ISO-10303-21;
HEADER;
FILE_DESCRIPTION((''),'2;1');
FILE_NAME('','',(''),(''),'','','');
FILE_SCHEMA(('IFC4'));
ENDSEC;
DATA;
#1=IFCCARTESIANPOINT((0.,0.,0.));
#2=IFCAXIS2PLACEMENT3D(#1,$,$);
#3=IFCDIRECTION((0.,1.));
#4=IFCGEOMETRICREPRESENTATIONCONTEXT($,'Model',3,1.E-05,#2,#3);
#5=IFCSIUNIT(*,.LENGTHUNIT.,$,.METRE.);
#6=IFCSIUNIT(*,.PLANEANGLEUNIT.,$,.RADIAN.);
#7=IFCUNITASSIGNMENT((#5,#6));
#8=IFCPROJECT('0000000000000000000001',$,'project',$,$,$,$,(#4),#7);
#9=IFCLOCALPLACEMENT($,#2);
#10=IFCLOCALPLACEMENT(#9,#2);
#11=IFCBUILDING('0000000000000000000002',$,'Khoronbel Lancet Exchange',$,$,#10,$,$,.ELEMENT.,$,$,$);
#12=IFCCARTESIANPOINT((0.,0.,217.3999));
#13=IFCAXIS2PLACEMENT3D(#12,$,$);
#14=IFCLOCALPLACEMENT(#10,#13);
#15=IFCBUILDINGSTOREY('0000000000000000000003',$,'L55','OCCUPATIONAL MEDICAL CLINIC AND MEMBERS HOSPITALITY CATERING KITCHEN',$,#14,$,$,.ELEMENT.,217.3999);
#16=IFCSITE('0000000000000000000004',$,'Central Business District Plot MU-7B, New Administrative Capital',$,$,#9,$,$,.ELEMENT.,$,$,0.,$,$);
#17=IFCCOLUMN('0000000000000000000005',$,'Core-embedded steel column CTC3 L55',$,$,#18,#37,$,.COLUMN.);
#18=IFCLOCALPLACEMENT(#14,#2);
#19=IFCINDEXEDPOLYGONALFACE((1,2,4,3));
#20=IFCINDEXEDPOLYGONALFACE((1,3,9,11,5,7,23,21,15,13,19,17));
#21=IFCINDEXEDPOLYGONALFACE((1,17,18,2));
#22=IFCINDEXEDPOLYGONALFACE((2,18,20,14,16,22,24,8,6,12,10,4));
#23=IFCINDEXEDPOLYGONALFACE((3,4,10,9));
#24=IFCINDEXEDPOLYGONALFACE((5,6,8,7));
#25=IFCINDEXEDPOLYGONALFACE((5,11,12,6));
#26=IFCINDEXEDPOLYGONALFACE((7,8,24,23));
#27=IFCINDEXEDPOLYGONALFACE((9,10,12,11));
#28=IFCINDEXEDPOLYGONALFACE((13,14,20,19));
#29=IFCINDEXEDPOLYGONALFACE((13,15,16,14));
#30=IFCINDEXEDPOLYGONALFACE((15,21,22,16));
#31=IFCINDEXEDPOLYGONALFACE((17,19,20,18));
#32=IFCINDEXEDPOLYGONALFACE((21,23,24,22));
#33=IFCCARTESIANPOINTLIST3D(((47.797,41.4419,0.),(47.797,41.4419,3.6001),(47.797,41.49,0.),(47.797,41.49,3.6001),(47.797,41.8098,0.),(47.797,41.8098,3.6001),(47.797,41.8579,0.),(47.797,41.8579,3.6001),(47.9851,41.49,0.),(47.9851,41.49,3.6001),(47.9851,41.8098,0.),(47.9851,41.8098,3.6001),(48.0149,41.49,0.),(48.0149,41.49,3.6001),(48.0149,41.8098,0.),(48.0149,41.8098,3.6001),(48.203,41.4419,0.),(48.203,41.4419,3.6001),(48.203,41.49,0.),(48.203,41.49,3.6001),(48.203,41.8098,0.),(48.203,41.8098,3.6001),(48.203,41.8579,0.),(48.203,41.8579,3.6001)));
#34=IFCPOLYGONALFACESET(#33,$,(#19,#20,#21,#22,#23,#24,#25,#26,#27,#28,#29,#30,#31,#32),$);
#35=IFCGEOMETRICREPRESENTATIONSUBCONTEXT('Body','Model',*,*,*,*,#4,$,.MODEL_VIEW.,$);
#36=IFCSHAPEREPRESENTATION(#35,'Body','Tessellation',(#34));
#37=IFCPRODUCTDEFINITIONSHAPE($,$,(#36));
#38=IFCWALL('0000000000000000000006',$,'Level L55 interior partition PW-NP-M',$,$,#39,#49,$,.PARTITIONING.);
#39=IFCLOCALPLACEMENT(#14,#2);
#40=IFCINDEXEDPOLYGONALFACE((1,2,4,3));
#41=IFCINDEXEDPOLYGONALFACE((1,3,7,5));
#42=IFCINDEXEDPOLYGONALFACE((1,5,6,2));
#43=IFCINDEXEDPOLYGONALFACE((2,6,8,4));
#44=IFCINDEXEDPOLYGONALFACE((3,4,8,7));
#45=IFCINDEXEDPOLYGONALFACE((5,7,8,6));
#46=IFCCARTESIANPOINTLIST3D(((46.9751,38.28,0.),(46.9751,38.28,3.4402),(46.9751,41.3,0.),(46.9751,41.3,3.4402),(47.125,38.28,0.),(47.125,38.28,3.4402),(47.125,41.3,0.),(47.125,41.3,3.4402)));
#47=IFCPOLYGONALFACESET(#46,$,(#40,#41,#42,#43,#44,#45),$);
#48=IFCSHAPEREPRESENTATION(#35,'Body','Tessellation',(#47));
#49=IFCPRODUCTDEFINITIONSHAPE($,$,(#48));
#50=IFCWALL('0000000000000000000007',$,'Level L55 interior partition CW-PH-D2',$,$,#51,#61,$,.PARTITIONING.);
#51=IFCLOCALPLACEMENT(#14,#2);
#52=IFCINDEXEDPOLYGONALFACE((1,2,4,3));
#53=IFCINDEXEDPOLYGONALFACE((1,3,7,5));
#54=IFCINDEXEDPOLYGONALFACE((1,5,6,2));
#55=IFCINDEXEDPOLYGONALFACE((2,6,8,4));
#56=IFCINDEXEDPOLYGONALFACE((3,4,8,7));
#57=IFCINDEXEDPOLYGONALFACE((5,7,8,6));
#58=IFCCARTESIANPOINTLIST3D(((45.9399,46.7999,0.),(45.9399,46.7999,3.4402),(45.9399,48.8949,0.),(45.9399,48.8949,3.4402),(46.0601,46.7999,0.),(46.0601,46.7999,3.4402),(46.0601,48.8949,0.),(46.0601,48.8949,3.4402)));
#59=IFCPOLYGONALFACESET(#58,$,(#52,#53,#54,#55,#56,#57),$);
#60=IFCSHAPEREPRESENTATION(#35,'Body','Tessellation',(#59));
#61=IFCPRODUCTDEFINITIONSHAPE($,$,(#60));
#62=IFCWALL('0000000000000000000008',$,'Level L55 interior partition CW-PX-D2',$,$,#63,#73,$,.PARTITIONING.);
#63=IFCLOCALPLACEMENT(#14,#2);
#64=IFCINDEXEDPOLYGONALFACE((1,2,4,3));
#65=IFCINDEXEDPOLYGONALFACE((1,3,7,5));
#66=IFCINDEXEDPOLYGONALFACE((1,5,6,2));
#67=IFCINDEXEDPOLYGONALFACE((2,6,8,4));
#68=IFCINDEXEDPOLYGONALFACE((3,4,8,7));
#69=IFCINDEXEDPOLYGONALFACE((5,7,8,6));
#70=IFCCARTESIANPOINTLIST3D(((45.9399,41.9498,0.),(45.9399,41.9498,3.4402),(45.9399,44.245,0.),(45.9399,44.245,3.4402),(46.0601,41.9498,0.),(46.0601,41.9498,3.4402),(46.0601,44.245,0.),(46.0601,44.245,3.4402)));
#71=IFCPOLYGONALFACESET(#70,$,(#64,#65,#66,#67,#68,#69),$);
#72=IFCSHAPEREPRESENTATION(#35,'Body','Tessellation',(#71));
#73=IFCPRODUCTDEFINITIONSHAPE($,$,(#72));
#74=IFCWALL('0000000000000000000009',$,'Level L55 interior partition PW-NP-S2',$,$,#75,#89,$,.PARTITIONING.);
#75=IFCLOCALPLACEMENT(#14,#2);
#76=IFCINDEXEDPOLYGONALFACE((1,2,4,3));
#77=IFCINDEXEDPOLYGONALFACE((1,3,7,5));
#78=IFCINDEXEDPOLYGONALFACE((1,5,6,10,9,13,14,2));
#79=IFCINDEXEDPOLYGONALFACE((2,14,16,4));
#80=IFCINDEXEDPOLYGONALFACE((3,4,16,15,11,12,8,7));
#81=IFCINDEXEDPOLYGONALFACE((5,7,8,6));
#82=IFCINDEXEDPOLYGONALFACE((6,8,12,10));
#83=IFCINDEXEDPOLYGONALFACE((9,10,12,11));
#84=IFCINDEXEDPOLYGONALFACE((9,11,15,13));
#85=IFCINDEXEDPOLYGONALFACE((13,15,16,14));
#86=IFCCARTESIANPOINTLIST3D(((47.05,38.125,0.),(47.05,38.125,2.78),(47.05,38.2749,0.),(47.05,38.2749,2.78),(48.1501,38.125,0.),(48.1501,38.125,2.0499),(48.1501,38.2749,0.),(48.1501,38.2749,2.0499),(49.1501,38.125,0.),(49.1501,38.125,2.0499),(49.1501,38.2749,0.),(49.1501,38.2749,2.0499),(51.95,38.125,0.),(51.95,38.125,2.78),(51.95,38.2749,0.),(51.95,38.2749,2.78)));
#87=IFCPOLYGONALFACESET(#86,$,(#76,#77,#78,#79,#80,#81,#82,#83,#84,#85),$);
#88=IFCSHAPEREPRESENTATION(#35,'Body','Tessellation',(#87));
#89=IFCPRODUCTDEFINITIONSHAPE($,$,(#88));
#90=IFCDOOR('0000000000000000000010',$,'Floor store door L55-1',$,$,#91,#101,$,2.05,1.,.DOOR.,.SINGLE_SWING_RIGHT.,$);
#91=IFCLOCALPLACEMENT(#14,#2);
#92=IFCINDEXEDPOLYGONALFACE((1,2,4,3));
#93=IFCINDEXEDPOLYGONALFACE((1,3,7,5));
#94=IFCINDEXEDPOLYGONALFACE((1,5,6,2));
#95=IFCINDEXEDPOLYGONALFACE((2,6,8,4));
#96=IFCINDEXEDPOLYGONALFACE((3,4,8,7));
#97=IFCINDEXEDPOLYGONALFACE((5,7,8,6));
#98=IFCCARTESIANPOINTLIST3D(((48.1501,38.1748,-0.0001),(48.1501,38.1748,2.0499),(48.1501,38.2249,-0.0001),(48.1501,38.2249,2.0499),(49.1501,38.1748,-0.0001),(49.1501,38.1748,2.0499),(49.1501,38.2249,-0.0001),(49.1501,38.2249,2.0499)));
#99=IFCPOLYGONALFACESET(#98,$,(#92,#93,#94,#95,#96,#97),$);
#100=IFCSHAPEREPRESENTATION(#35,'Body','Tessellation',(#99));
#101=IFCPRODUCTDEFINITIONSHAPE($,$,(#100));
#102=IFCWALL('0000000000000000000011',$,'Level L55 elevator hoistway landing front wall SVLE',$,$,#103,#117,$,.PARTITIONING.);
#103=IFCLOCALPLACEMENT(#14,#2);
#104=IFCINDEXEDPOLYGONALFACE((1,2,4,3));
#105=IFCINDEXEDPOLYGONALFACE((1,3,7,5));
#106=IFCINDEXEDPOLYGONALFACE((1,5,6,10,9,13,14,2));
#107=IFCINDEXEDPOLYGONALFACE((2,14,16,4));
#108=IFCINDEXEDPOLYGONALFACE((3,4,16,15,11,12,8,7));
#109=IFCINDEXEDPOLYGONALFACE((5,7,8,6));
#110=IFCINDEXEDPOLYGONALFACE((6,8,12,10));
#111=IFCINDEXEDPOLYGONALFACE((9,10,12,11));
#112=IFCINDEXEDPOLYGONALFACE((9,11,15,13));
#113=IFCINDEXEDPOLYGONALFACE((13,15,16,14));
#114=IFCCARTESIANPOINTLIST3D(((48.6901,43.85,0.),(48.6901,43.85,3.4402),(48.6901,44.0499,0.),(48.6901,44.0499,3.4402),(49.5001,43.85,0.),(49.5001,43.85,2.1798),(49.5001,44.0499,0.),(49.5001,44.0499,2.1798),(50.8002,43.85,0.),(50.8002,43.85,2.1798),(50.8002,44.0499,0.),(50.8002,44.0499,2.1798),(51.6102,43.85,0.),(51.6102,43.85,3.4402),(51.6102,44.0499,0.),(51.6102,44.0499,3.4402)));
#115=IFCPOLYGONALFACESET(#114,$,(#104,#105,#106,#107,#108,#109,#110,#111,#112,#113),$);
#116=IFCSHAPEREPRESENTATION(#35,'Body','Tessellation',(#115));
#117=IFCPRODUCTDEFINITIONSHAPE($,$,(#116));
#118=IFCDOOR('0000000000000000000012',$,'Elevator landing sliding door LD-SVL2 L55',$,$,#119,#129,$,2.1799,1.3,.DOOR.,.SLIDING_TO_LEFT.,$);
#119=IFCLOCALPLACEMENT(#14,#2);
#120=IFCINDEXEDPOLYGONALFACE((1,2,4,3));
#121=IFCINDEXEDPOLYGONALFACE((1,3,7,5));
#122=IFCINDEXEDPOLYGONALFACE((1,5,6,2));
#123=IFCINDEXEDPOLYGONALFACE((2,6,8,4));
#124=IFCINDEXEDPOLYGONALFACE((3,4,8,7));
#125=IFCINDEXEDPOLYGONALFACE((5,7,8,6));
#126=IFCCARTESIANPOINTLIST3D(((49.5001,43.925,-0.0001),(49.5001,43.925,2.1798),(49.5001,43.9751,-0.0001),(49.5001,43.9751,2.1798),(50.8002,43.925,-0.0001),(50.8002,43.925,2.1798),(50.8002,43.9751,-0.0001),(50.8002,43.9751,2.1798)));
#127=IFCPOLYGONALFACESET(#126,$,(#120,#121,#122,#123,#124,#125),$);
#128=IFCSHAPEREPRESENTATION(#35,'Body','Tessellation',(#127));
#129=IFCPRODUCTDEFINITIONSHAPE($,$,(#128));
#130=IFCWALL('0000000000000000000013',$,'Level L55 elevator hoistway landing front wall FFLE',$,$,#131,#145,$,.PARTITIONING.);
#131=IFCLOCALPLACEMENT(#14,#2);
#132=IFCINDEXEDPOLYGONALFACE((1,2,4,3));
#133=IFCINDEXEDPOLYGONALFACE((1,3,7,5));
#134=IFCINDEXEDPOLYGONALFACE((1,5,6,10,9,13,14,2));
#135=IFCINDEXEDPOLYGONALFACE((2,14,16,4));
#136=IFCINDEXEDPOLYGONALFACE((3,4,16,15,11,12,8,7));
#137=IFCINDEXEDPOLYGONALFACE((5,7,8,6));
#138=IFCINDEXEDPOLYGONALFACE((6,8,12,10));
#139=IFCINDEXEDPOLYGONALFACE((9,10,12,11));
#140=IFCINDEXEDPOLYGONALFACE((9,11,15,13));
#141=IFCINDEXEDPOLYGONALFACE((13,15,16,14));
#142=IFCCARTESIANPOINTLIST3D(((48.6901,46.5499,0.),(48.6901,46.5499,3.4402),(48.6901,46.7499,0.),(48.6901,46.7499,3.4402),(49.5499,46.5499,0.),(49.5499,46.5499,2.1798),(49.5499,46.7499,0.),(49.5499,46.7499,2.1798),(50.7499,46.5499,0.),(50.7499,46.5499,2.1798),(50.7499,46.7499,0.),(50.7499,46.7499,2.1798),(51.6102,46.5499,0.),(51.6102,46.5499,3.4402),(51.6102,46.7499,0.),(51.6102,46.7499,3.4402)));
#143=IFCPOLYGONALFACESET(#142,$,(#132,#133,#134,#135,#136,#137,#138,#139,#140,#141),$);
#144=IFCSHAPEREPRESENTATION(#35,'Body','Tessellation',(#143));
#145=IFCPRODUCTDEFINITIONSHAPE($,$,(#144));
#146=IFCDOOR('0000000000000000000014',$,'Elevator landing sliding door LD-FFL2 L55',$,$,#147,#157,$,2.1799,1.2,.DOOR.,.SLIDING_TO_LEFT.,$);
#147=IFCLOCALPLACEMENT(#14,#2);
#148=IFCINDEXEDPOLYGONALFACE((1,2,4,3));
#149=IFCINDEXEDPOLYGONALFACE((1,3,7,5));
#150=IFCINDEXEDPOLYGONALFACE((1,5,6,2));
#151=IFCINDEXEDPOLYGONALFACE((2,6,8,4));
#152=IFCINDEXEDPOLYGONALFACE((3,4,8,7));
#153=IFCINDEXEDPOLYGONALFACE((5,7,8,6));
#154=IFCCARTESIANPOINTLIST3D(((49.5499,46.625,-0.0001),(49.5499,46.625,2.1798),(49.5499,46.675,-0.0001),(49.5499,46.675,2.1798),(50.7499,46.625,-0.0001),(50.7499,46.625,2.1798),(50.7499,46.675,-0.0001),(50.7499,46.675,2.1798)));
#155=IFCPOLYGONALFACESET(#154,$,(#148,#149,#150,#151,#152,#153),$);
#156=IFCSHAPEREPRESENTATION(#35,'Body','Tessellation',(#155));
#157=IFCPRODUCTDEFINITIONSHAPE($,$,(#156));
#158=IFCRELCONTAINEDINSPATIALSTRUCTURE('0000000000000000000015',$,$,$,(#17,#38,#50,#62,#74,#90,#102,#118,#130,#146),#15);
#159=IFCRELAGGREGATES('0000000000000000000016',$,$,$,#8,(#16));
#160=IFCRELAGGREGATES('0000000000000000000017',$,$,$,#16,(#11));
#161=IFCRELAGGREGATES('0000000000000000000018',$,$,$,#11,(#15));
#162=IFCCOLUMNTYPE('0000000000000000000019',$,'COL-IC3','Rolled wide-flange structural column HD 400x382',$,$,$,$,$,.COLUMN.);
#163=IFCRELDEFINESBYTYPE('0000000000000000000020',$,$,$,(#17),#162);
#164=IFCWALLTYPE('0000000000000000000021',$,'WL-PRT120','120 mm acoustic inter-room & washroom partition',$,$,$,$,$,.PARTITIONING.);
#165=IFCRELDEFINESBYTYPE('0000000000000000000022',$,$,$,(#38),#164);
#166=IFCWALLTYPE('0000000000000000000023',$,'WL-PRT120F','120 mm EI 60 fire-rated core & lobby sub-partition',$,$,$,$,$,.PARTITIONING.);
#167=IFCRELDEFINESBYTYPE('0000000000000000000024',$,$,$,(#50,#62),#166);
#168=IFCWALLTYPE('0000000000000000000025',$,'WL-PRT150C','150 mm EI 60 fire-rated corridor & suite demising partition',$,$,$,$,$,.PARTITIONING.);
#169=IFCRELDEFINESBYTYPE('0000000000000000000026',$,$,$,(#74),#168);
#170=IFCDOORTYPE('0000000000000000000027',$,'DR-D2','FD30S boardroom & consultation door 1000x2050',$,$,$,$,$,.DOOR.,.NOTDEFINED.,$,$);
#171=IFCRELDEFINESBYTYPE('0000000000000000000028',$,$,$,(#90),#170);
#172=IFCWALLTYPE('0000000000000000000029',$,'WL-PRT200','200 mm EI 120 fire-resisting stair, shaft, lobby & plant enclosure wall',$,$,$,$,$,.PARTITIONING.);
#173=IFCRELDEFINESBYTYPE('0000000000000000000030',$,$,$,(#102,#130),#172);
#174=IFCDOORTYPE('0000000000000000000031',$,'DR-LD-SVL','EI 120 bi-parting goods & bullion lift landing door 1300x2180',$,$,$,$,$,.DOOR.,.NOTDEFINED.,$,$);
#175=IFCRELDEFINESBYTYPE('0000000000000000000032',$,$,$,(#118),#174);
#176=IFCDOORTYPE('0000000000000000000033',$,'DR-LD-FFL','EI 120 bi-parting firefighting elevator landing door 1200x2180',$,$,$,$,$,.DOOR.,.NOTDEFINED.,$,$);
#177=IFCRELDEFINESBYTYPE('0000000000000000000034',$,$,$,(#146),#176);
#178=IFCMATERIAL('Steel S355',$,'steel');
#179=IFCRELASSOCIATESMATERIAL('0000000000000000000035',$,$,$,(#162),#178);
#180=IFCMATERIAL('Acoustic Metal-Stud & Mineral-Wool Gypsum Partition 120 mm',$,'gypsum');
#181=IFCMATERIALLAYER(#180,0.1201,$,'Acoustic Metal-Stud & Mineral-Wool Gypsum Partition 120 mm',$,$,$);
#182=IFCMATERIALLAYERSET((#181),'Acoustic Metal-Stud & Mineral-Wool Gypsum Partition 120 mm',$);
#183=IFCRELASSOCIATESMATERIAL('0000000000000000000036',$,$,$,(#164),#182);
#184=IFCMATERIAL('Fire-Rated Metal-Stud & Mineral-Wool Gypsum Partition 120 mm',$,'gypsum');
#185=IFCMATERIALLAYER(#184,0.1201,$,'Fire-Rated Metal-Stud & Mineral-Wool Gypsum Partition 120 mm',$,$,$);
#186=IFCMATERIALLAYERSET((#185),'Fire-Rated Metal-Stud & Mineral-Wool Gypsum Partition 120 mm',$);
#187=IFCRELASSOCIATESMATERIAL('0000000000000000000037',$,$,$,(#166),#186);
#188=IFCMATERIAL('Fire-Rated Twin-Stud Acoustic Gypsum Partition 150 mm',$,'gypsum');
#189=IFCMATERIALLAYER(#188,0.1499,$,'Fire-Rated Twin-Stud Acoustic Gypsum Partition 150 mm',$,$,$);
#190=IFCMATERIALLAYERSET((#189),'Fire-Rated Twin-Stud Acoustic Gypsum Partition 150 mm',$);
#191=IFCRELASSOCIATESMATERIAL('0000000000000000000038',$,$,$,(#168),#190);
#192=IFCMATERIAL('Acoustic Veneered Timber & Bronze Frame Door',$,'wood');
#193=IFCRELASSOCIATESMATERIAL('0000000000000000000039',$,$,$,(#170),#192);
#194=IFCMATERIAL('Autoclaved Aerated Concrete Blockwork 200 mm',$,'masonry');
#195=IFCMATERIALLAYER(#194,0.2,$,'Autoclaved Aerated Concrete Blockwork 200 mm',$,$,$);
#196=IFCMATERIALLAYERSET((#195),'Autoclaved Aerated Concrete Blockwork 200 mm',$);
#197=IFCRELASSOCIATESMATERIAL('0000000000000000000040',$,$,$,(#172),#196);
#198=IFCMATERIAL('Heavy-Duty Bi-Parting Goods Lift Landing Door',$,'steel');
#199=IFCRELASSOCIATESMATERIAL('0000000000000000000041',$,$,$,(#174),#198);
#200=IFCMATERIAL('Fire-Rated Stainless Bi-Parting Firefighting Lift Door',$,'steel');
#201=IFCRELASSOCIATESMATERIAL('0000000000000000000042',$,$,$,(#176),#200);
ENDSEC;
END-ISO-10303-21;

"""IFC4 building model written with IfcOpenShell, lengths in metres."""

from ifc_helpers import new_model, si_unit, direction, frame, frame_2d, origin, origin_2d, place, context, subcontext, project, spatial, rectangle, i_section, extrude, material, layer, layer_set, material_profile, profile_set, type_object, element, fill, save


model = new_model("IFC4")

# Units and contexts
model_context = context("Model", 3, precision=1e-05, world=origin(), true_north=direction((0.0, 1.0)))
body_context = subcontext(model_context, "Body", "Model", "MODEL_VIEW")
ifc_project = project(units=[si_unit("LENGTHUNIT", "METRE"), si_unit("PLANEANGLEUNIT", "RADIAN")], contexts=[model_context])

# Site, building, storey
site_placement = place(None, origin())
site = spatial("IfcSite", under=ifc_project, at=site_placement, Name="Central Business District Plot MU-7B, New Administrative Capital", CompositionType="ELEMENT", RefElevation=0.0)
building_placement = place(site_placement, origin())
building = spatial("IfcBuilding", under=site, at=building_placement, Name="Khoronbel Lancet Exchange", CompositionType="ELEMENT")
storey_placement = place(building_placement, frame((0.0, 0.0, 217.3999)))
storey = spatial("IfcBuildingStorey", under=building, at=storey_placement, Name="L55", Description="OCCUPATIONAL MEDICAL CLINIC AND MEMBERS HOSPITALITY CATERING KITCHEN", CompositionType="ELEMENT", Elevation=217.3999)

# Column
ifc_material_1 = material(Name="Steel S355", Category="steel")
ifc_material_profile = material_profile(ifc_material_1, i_section(OverallWidth=0.406, OverallDepth=0.416, WebThickness=0.0298, FlangeThickness=0.0481, at=origin_2d()), Name="HD 400x382")
ifc_profile_set = profile_set([ifc_material_profile], Name="Steel S355")
column_type = type_object("IfcColumnType", Name="COL-IC3", Description="Rolled wide-flange structural column HD 400x382", PredefinedType="COLUMN", material=ifc_profile_set)
column_placement = place(storey_placement, frame((48.0, 41.6499, 0.0), z_axis=(0.0, 0.0, 1.0), x_axis=(1.0, 0.0, 0.0)))
element("IfcColumn", 1, at=column_placement, inside=storey, type_object=column_type, Name="Core-embedded steel column CTC3 L55", PredefinedType="COLUMN", context=body_context, shape_type="SweptSolid", body=[
    extrude(i_section(OverallWidth=0.406, OverallDepth=0.416, WebThickness=0.0298, FlangeThickness=0.0481, at=origin_2d()), origin(), (0.0, 0.0, 1.0), 3.6001),
])

# Walls
ifc_material_2 = material(Name="Acoustic Metal-Stud & Mineral-Wool Gypsum Partition 120 mm", Category="gypsum")
ifc_layer_1 = layer(ifc_material_2, 0.1201, Name="Acoustic Metal-Stud & Mineral-Wool Gypsum Partition 120 mm")
ifc_layer_set_1 = layer_set([ifc_layer_1], Name="Acoustic Metal-Stud & Mineral-Wool Gypsum Partition 120 mm")
wall_type_1 = type_object("IfcWallType", Name="WL-PRT120", Description="120 mm acoustic inter-room & washroom partition", PredefinedType="PARTITIONING", material=ifc_layer_set_1)
wall_1_placement = place(storey_placement, frame((47.05, 38.28, 0.0), z_axis=(0.0, 0.0, 1.0), x_axis=(0.0, 1.0, 0.0)))
element("IfcWall", 2, at=wall_1_placement, inside=storey, type_object=wall_type_1, Name="Level L55 interior partition PW-NP-M", PredefinedType="PARTITIONING", context=body_context, shape_type="SweptSolid", body=[
    extrude(rectangle(XDim=3.02, YDim=0.1499, at=frame_2d((1.51, 0.0))), origin(), (0.0, 0.0, 1.0), 3.4402),
])
ifc_material_3 = material(Name="Fire-Rated Metal-Stud & Mineral-Wool Gypsum Partition 120 mm", Category="gypsum")
ifc_layer_2 = layer(ifc_material_3, 0.1201, Name="Fire-Rated Metal-Stud & Mineral-Wool Gypsum Partition 120 mm")
ifc_layer_set_2 = layer_set([ifc_layer_2], Name="Fire-Rated Metal-Stud & Mineral-Wool Gypsum Partition 120 mm")
wall_type_2 = type_object("IfcWallType", Name="WL-PRT120F", Description="120 mm EI 60 fire-rated core & lobby sub-partition", PredefinedType="PARTITIONING", material=ifc_layer_set_2)
wall_2_placement = place(storey_placement, frame((46.0, 46.8, 0.0), z_axis=(0.0, 0.0, 1.0), x_axis=(0.0, 1.0, 0.0)))
element("IfcWall", 3, at=wall_2_placement, inside=storey, type_object=wall_type_2, Name="Level L55 interior partition CW-PH-D2", PredefinedType="PARTITIONING", context=body_context, shape_type="SweptSolid", body=[
    extrude(rectangle(XDim=2.095, YDim=0.1201, at=frame_2d((1.0474, 0.0))), origin(), (0.0, 0.0, 1.0), 3.4402),
])
wall_3_placement = place(storey_placement, frame((46.0, 41.95, 0.0), z_axis=(0.0, 0.0, 1.0), x_axis=(0.0, 1.0, 0.0)))
element("IfcWall", 4, at=wall_3_placement, inside=storey, type_object=wall_type_2, Name="Level L55 interior partition CW-PX-D2", PredefinedType="PARTITIONING", context=body_context, shape_type="SweptSolid", body=[
    extrude(rectangle(XDim=2.2952, YDim=0.1201, at=frame_2d((1.1475, 0.0))), origin(), (0.0, 0.0, 1.0), 3.4402),
])

# Walls, openings, doors
ifc_material_4 = material(Name="Fire-Rated Twin-Stud Acoustic Gypsum Partition 150 mm", Category="gypsum")
ifc_layer_3 = layer(ifc_material_4, 0.1499, Name="Fire-Rated Twin-Stud Acoustic Gypsum Partition 150 mm")
ifc_layer_set_3 = layer_set([ifc_layer_3], Name="Fire-Rated Twin-Stud Acoustic Gypsum Partition 150 mm")
wall_type_3 = type_object("IfcWallType", Name="WL-PRT150C", Description="150 mm EI 60 fire-rated corridor & suite demising partition", PredefinedType="PARTITIONING", material=ifc_layer_set_3)
wall_4_placement = place(storey_placement, frame((47.05, 38.2, 0.0), z_axis=(0.0, 0.0, 1.0), x_axis=(1.0, 0.0, 0.0)))
wall_4 = element("IfcWall", 5, at=wall_4_placement, inside=storey, type_object=wall_type_3, Name="Level L55 interior partition PW-NP-S2", PredefinedType="PARTITIONING", context=body_context, shape_type="SweptSolid", body=[
    extrude(rectangle(XDim=4.8999, YDim=0.1499, at=frame_2d((2.45, 0.0))), origin(), (0.0, 0.0, 1.0), 2.78),
])
opening_1_placement = place(wall_4_placement, frame((1.1001, 0.0, 0.0)))
opening_1 = element("IfcOpeningElement", 6, at=opening_1_placement, cuts=wall_4, PredefinedType="OPENING", context=body_context, shape_type="SweptSolid", body=[
    extrude(rectangle(XDim=1.0, YDim=2.05, at=frame_2d((0.5, 1.0249))), frame((0.0, 0.085, 0.0), z_axis=(0.0, -1.0, 0.0), x_axis=(1.0, 0.0, 0.0)), (0.0, 0.0, 1.0), 0.1699),
])
ifc_material_5 = material(Name="Acoustic Veneered Timber & Bronze Frame Door", Category="wood")
door_type_1 = type_object("IfcDoorType", Name="DR-D2", Description="FD30S boardroom & consultation door 1000x2050", OperationType="NOTDEFINED", PredefinedType="DOOR", material=ifc_material_5)
door_1_placement = place(opening_1_placement, origin())
door_1 = element("IfcDoor", 7, at=door_1_placement, inside=storey, type_object=door_type_1, Name="Floor store door L55-1", OperationType="SINGLE_SWING_RIGHT", OverallHeight=2.05, OverallWidth=1.0, PredefinedType="DOOR", context=body_context, shape_type="SweptSolid", body=[
    extrude(rectangle(XDim=1.0, YDim=2.05, at=frame_2d((0.5, 1.0249))), frame((0.0, 0.0249, 0.0), z_axis=(0.0, -1.0, 0.0), x_axis=(1.0, 0.0, 0.0)), (0.0, 0.0, 1.0), 0.05),
])
fill(opening_1, door_1)
ifc_material_6 = material(Name="Autoclaved Aerated Concrete Blockwork 200 mm", Category="masonry")
ifc_layer_4 = layer(ifc_material_6, 0.2, Name="Autoclaved Aerated Concrete Blockwork 200 mm")
ifc_layer_set_4 = layer_set([ifc_layer_4], Name="Autoclaved Aerated Concrete Blockwork 200 mm")
wall_type_4 = type_object("IfcWallType", Name="WL-PRT200", Description="200 mm EI 120 fire-resisting stair, shaft, lobby & plant enclosure wall", PredefinedType="PARTITIONING", material=ifc_layer_set_4)
wall_5_placement = place(storey_placement, frame((51.6101, 43.95, 0.0), z_axis=(0.0, 0.0, 1.0), x_axis=(-1.0, 0.0, 0.0)))
wall_5 = element("IfcWall", 8, at=wall_5_placement, inside=storey, type_object=wall_type_4, Name="Level L55 elevator hoistway landing front wall SVLE", PredefinedType="PARTITIONING", context=body_context, shape_type="SweptSolid", body=[
    extrude(rectangle(XDim=2.9202, YDim=0.2, at=frame_2d((1.46, 0.0))), origin(), (0.0, 0.0, 1.0), 3.4402),
])
opening_2_placement = place(wall_5_placement, frame((0.8101, 0.0, 0.0)))
opening_2 = element("IfcOpeningElement", 9, at=opening_2_placement, cuts=wall_5, PredefinedType="OPENING", context=body_context, shape_type="SweptSolid", body=[
    extrude(rectangle(XDim=1.3, YDim=2.1799, at=frame_2d((0.6499, 1.0898))), frame((0.0, 0.1099, 0.0), z_axis=(0.0, -1.0, 0.0), x_axis=(1.0, 0.0, 0.0)), (0.0, 0.0, 1.0), 0.22),
])
ifc_material_7 = material(Name="Heavy-Duty Bi-Parting Goods Lift Landing Door", Category="steel")
door_type_2 = type_object("IfcDoorType", Name="DR-LD-SVL", Description="EI 120 bi-parting goods & bullion lift landing door 1300x2180", OperationType="NOTDEFINED", PredefinedType="DOOR", material=ifc_material_7)
door_2_placement = place(opening_2_placement, origin())
door_2 = element("IfcDoor", 10, at=door_2_placement, inside=storey, type_object=door_type_2, Name="Elevator landing sliding door LD-SVL2 L55", OperationType="SLIDING_TO_LEFT", OverallHeight=2.1799, OverallWidth=1.3, PredefinedType="DOOR", context=body_context, shape_type="SweptSolid", body=[
    extrude(rectangle(XDim=1.3, YDim=2.1799, at=frame_2d((0.6499, 1.0898))), frame((0.0, 0.0249, 0.0), z_axis=(0.0, -1.0, 0.0), x_axis=(1.0, 0.0, 0.0)), (0.0, 0.0, 1.0), 0.05),
])
fill(opening_2, door_2)
wall_6_placement = place(storey_placement, frame((51.6101, 46.6499, 0.0), z_axis=(0.0, 0.0, 1.0), x_axis=(-1.0, 0.0, 0.0)))
wall_6 = element("IfcWall", 11, at=wall_6_placement, inside=storey, type_object=wall_type_4, Name="Level L55 elevator hoistway landing front wall FFLE", PredefinedType="PARTITIONING", context=body_context, shape_type="SweptSolid", body=[
    extrude(rectangle(XDim=2.9202, YDim=0.2, at=frame_2d((1.46, 0.0))), origin(), (0.0, 0.0, 1.0), 3.4402),
])
opening_3_placement = place(wall_6_placement, frame((0.8601, 0.0, 0.0)))
opening_3 = element("IfcOpeningElement", 12, at=opening_3_placement, cuts=wall_6, PredefinedType="OPENING", context=body_context, shape_type="SweptSolid", body=[
    extrude(rectangle(XDim=1.2, YDim=2.1799, at=frame_2d((0.6001, 1.0898))), frame((0.0, 0.1099, 0.0), z_axis=(0.0, -1.0, 0.0), x_axis=(1.0, 0.0, 0.0)), (0.0, 0.0, 1.0), 0.22),
])
ifc_material_8 = material(Name="Fire-Rated Stainless Bi-Parting Firefighting Lift Door", Category="steel")
door_type_3 = type_object("IfcDoorType", Name="DR-LD-FFL", Description="EI 120 bi-parting firefighting elevator landing door 1200x2180", OperationType="NOTDEFINED", PredefinedType="DOOR", material=ifc_material_8)
door_3_placement = place(opening_3_placement, origin())
door_3 = element("IfcDoor", 13, at=door_3_placement, inside=storey, type_object=door_type_3, Name="Elevator landing sliding door LD-FFL2 L55", OperationType="SLIDING_TO_LEFT", OverallHeight=2.1799, OverallWidth=1.2, PredefinedType="DOOR", context=body_context, shape_type="SweptSolid", body=[
    extrude(rectangle(XDim=1.2, YDim=2.1799, at=frame_2d((0.6001, 1.0898))), frame((0.0, 0.0249, 0.0), z_axis=(0.0, -1.0, 0.0), x_axis=(1.0, 0.0, 0.0)), (0.0, 0.0, 1.0), 0.05),
])
fill(opening_3, door_3)

save(model, "model.ifc")
